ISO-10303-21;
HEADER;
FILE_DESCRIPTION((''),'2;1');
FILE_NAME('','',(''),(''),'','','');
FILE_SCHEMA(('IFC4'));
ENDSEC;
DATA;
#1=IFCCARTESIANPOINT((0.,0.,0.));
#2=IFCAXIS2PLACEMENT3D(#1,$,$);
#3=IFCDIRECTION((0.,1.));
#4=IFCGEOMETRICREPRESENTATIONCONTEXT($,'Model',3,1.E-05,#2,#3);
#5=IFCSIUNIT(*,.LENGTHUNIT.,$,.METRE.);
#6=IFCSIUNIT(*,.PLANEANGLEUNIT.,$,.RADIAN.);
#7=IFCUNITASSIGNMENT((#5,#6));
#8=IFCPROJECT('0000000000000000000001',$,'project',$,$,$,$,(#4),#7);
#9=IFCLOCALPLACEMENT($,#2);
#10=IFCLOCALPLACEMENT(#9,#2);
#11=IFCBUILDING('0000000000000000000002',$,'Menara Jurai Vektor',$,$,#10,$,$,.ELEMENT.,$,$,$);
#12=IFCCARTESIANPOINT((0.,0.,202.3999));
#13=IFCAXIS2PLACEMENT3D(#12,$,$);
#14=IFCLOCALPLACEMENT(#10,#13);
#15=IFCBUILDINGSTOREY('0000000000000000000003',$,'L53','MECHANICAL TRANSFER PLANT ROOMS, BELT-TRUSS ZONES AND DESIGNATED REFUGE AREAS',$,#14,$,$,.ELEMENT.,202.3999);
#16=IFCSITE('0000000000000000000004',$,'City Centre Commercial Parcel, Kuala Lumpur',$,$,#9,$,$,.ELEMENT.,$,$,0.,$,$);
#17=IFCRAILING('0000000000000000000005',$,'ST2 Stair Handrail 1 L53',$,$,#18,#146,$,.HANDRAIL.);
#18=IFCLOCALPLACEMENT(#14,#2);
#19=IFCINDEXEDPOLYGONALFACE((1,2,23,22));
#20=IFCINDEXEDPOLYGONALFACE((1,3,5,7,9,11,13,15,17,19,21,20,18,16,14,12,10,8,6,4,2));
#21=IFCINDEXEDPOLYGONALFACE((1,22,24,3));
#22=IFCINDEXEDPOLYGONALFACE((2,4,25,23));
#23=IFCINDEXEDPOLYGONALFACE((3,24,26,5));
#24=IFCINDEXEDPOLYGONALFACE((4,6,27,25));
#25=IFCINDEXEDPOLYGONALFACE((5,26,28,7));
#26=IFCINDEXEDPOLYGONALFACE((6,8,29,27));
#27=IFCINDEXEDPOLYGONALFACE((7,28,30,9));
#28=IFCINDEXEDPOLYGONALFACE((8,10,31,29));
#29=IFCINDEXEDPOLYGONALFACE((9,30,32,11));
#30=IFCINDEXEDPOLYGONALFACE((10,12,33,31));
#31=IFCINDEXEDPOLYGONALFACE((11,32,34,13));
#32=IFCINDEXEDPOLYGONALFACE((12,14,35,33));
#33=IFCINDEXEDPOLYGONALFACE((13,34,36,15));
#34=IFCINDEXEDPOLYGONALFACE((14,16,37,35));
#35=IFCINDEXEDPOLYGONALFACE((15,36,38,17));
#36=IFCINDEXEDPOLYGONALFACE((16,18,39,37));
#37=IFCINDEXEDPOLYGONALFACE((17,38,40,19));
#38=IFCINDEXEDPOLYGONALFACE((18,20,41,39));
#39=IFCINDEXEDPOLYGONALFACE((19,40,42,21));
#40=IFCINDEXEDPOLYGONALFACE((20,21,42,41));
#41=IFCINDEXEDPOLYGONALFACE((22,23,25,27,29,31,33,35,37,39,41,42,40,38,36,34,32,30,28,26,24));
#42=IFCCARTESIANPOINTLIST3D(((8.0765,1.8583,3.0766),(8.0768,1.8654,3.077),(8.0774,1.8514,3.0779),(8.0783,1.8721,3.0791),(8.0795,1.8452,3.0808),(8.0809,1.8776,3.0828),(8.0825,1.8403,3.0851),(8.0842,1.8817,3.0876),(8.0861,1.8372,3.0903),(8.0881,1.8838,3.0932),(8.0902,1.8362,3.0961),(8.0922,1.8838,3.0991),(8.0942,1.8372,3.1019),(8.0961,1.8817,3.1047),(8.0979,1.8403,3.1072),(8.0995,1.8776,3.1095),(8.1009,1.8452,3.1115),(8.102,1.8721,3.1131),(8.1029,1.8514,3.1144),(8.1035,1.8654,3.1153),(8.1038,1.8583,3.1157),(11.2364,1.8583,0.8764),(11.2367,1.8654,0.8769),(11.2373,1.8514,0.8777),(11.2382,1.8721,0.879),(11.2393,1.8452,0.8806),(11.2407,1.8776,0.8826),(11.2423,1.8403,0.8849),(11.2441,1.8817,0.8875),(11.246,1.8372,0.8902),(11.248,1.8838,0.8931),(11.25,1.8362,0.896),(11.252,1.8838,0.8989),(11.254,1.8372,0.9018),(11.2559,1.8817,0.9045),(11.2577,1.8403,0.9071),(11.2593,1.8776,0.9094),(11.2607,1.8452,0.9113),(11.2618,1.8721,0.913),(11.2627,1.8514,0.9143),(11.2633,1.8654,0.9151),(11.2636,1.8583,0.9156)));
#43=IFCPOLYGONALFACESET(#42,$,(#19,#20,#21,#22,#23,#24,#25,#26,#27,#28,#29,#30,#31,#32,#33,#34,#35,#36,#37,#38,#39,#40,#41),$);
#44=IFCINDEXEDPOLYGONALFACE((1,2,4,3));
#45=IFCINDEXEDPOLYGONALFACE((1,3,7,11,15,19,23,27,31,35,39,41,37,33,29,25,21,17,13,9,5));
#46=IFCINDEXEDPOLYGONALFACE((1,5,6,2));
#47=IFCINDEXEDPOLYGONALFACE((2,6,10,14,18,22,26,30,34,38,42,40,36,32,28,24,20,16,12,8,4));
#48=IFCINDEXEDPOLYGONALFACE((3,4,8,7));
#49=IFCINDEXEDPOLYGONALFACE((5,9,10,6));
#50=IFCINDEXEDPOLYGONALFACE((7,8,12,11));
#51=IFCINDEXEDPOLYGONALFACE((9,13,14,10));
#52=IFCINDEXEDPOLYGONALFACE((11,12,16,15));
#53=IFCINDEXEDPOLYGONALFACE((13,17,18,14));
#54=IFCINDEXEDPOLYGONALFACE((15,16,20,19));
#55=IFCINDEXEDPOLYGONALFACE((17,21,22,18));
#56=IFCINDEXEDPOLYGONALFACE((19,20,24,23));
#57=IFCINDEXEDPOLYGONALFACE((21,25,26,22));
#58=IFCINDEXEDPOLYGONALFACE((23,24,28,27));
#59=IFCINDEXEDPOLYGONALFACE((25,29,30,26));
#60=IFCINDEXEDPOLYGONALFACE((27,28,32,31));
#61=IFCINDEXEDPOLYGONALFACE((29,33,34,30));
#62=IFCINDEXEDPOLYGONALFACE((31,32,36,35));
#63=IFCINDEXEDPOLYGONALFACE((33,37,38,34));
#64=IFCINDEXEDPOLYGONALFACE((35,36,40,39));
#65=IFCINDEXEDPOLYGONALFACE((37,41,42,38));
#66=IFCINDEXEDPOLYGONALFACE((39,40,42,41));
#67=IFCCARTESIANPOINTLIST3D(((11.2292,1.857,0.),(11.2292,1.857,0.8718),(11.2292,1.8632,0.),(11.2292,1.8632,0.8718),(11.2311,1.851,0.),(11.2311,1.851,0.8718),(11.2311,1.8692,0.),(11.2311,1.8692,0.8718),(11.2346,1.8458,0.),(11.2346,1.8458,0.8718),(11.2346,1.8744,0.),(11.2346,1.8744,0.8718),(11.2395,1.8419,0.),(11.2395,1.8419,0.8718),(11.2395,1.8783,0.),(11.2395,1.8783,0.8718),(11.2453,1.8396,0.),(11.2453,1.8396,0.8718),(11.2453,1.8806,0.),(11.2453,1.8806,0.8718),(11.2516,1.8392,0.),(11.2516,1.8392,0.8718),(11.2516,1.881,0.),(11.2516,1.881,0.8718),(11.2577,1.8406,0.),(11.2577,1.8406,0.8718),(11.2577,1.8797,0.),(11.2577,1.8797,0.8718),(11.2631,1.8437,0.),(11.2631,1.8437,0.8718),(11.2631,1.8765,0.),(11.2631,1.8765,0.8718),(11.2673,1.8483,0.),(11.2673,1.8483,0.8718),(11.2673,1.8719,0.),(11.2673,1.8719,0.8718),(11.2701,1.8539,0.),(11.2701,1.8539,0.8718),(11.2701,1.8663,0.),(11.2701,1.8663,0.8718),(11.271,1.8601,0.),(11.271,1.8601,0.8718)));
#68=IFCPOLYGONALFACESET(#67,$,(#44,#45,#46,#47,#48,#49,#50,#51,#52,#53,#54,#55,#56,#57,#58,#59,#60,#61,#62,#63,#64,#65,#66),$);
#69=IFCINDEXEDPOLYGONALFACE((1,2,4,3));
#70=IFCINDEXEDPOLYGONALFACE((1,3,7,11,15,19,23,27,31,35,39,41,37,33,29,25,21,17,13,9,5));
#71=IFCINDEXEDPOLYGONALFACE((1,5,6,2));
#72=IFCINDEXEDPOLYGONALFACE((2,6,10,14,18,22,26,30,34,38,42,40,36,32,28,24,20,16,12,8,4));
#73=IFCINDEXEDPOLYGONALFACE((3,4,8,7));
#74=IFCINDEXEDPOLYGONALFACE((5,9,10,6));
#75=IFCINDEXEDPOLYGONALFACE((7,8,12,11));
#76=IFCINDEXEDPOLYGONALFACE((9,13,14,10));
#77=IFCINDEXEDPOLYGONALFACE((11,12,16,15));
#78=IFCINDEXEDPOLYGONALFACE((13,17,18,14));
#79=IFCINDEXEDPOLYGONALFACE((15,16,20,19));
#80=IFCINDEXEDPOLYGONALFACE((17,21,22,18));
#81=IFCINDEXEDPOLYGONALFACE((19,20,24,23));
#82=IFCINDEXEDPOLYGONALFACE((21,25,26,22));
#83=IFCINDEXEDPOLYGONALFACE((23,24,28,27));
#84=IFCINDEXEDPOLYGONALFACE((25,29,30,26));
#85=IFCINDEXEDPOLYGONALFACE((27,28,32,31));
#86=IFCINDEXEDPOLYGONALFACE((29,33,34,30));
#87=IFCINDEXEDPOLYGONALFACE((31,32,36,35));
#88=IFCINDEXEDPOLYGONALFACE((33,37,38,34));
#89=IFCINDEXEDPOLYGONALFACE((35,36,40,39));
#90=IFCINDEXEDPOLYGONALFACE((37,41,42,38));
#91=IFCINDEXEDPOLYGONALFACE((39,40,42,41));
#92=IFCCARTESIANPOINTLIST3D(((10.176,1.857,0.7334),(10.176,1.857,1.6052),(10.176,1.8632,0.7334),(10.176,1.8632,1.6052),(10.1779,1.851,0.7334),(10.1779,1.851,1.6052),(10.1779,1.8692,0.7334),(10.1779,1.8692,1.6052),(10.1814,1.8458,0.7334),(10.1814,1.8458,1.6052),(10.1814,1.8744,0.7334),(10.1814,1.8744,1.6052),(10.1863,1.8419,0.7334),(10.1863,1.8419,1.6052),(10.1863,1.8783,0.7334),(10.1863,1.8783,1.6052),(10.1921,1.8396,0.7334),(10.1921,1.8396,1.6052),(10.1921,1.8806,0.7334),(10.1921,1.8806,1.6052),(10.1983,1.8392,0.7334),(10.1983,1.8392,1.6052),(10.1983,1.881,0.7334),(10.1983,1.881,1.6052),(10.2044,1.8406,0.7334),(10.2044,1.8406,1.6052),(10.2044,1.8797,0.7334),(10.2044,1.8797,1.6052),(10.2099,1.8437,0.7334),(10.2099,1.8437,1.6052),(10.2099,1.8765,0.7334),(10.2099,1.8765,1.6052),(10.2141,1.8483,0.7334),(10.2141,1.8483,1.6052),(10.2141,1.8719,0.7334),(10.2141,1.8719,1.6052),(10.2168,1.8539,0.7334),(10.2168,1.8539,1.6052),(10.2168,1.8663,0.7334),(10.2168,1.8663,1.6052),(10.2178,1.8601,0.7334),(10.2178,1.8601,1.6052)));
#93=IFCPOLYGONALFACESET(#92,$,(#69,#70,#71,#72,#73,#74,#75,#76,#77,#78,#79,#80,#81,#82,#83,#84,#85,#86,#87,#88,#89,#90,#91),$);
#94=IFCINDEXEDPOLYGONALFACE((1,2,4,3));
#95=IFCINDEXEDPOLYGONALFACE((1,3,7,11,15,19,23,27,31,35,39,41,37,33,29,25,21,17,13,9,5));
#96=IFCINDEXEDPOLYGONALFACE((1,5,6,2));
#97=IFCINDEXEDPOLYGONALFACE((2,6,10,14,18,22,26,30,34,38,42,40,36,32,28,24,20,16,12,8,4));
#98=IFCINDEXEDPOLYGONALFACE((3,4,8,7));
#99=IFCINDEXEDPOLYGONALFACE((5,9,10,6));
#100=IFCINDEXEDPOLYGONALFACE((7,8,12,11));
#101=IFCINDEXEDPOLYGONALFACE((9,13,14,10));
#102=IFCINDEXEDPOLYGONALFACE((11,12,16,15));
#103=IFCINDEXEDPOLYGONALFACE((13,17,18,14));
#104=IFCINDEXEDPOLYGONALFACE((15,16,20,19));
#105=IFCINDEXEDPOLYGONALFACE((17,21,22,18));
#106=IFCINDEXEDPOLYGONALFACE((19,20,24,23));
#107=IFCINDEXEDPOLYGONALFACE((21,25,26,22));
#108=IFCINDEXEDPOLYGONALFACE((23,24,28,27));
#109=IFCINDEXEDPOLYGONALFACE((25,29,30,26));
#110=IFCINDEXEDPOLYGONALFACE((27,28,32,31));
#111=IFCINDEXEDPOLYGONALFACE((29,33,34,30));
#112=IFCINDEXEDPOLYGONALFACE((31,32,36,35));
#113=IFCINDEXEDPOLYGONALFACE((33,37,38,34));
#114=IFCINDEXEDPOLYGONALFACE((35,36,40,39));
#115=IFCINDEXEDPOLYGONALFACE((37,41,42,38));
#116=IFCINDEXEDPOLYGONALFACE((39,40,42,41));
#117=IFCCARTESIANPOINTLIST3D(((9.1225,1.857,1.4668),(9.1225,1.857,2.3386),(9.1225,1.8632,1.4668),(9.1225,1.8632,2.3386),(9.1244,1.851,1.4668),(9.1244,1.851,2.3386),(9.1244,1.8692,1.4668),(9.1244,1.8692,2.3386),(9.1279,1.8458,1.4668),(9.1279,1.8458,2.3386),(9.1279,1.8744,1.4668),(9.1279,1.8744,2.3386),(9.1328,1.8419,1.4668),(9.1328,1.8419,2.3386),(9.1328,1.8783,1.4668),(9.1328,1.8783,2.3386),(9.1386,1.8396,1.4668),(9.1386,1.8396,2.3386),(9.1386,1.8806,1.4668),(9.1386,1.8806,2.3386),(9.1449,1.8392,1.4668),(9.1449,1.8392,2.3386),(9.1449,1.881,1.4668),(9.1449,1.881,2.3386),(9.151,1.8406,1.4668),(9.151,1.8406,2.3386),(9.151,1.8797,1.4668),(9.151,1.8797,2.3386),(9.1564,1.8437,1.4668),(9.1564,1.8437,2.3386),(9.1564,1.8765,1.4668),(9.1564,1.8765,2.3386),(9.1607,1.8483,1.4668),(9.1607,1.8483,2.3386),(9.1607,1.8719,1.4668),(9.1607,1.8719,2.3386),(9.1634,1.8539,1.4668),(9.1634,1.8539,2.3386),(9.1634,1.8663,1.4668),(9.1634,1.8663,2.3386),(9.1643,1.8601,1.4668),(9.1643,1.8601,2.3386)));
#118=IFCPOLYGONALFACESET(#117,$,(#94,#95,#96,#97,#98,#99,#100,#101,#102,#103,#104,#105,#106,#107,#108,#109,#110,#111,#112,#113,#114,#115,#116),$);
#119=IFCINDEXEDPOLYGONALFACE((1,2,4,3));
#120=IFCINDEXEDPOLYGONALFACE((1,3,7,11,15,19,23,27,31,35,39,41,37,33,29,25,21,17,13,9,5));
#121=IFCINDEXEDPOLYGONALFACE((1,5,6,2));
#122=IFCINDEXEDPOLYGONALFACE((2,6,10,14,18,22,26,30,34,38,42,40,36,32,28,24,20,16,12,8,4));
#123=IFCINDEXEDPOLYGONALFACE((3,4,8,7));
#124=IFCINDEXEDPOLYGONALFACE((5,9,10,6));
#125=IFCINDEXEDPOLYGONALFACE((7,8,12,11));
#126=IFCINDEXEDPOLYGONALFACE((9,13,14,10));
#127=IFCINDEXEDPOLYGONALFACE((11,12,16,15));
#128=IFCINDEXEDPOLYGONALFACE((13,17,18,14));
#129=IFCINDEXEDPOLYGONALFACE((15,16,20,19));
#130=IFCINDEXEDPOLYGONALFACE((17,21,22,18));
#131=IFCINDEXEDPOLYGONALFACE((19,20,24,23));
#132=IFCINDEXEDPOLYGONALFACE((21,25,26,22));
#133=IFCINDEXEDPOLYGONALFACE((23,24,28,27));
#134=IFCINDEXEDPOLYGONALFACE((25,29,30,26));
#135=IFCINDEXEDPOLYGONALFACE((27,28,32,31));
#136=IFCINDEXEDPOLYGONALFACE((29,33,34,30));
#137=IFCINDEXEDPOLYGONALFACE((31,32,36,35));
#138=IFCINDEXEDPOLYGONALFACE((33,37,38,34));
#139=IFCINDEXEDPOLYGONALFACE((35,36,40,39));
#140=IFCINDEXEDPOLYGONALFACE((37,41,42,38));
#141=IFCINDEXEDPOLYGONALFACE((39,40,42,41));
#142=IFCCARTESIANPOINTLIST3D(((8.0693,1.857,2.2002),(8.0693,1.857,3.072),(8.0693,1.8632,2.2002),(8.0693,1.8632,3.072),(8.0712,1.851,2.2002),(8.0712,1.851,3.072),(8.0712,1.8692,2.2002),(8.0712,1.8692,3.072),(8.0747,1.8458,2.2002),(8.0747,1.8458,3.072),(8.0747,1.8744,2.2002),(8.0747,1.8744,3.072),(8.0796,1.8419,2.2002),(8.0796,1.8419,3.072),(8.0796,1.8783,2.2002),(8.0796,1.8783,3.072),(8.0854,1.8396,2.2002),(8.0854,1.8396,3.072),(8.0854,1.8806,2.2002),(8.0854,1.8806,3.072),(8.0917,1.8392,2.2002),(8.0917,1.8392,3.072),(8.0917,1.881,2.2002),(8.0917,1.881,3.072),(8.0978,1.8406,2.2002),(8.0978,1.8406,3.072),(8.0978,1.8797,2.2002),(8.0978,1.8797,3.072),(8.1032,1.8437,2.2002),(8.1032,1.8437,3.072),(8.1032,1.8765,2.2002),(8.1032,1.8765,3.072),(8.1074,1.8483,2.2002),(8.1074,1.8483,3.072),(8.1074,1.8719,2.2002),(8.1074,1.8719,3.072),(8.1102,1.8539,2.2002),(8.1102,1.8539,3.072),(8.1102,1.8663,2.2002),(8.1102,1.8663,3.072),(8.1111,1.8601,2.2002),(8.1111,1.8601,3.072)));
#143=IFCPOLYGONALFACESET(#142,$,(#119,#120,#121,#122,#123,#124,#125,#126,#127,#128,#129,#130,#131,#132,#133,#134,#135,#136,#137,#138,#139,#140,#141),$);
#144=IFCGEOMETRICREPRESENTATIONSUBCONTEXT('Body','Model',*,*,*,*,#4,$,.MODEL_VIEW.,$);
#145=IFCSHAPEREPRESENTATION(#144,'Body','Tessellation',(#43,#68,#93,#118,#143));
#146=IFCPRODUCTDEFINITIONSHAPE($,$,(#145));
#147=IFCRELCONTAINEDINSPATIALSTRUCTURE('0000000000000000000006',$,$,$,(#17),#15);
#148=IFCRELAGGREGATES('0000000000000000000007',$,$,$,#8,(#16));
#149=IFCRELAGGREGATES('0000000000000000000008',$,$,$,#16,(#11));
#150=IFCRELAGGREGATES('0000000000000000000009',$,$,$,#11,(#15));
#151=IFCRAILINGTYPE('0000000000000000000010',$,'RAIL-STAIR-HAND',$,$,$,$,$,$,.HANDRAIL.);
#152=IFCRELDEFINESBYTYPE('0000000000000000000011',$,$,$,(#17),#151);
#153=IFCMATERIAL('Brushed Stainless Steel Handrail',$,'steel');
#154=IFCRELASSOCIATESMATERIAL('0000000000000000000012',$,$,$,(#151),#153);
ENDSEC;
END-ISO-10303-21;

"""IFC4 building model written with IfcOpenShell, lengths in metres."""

from ifc_helpers import new_model, si_unit, direction, frame, origin, origin_2d, place, context, subcontext, project, spatial, circle, extrude, material, type_object, element, save


model = new_model("IFC4")

# Units and contexts
model_context = context("Model", 3, precision=1e-05, world=origin(), true_north=direction((0.0, 1.0)))
body_context = subcontext(model_context, "Body", "Model", "MODEL_VIEW")
ifc_project = project(units=[si_unit("LENGTHUNIT", "METRE"), si_unit("PLANEANGLEUNIT", "RADIAN")], contexts=[model_context])

# Site, building, storey
site_placement = place(None, origin())
site = spatial("IfcSite", under=ifc_project, at=site_placement, Name="City Centre Commercial Parcel, Kuala Lumpur", CompositionType="ELEMENT", RefElevation=0.0)
building_placement = place(site_placement, origin())
building = spatial("IfcBuilding", under=site, at=building_placement, Name="Menara Jurai Vektor", CompositionType="ELEMENT")
storey_placement = place(building_placement, frame((0.0, 0.0, 202.3999)))
storey = spatial("IfcBuildingStorey", under=building, at=storey_placement, Name="L53", Description="MECHANICAL TRANSFER PLANT ROOMS, BELT-TRUSS ZONES AND DESIGNATED REFUGE AREAS", CompositionType="ELEMENT", Elevation=202.3999)

# Railing
ifc_material_1 = material(Name="Brushed Stainless Steel Handrail", Category="steel")
railing_type_1 = type_object("IfcRailingType", Name="RAIL-STAIR-HAND", PredefinedType="HANDRAIL", material=ifc_material_1)
railing_1_placement = place(storey_placement, frame((11.25, 1.8601, 0.0)))
element("IfcRailing", 1, at=railing_1_placement, inside=storey, type_object=railing_type_1, Name="ST2 Stair Handrail 1 L53", PredefinedType="HANDRAIL", context=body_context, shape_type="SweptSolid", body=[
    extrude(circle(Radius=0.0239, at=origin_2d()), frame((0.0, 0.0, 0.896), z_axis=(-0.820662, 0.0, 0.571414), x_axis=(0.0, -1.0, 0.0)), (0.0, 0.0, 1.0), 3.8503),
    extrude(circle(Radius=0.021, at=origin_2d()), origin(), (0.0, 0.0, 1.0), 0.8718),
    extrude(circle(Radius=0.021, at=origin_2d()), frame((-1.0532, 0.0, 0.7334)), (0.0, 0.0, 1.0), 0.8718),
    extrude(circle(Radius=0.021, at=origin_2d()), frame((-2.1067, 0.0, 1.4668)), (0.0, 0.0, 1.0), 0.8718),
    extrude(circle(Radius=0.021, at=origin_2d()), frame((-3.1599, 0.0, 2.2002)), (0.0, 0.0, 1.0), 0.8718),
])

save(model, "model.ifc")
